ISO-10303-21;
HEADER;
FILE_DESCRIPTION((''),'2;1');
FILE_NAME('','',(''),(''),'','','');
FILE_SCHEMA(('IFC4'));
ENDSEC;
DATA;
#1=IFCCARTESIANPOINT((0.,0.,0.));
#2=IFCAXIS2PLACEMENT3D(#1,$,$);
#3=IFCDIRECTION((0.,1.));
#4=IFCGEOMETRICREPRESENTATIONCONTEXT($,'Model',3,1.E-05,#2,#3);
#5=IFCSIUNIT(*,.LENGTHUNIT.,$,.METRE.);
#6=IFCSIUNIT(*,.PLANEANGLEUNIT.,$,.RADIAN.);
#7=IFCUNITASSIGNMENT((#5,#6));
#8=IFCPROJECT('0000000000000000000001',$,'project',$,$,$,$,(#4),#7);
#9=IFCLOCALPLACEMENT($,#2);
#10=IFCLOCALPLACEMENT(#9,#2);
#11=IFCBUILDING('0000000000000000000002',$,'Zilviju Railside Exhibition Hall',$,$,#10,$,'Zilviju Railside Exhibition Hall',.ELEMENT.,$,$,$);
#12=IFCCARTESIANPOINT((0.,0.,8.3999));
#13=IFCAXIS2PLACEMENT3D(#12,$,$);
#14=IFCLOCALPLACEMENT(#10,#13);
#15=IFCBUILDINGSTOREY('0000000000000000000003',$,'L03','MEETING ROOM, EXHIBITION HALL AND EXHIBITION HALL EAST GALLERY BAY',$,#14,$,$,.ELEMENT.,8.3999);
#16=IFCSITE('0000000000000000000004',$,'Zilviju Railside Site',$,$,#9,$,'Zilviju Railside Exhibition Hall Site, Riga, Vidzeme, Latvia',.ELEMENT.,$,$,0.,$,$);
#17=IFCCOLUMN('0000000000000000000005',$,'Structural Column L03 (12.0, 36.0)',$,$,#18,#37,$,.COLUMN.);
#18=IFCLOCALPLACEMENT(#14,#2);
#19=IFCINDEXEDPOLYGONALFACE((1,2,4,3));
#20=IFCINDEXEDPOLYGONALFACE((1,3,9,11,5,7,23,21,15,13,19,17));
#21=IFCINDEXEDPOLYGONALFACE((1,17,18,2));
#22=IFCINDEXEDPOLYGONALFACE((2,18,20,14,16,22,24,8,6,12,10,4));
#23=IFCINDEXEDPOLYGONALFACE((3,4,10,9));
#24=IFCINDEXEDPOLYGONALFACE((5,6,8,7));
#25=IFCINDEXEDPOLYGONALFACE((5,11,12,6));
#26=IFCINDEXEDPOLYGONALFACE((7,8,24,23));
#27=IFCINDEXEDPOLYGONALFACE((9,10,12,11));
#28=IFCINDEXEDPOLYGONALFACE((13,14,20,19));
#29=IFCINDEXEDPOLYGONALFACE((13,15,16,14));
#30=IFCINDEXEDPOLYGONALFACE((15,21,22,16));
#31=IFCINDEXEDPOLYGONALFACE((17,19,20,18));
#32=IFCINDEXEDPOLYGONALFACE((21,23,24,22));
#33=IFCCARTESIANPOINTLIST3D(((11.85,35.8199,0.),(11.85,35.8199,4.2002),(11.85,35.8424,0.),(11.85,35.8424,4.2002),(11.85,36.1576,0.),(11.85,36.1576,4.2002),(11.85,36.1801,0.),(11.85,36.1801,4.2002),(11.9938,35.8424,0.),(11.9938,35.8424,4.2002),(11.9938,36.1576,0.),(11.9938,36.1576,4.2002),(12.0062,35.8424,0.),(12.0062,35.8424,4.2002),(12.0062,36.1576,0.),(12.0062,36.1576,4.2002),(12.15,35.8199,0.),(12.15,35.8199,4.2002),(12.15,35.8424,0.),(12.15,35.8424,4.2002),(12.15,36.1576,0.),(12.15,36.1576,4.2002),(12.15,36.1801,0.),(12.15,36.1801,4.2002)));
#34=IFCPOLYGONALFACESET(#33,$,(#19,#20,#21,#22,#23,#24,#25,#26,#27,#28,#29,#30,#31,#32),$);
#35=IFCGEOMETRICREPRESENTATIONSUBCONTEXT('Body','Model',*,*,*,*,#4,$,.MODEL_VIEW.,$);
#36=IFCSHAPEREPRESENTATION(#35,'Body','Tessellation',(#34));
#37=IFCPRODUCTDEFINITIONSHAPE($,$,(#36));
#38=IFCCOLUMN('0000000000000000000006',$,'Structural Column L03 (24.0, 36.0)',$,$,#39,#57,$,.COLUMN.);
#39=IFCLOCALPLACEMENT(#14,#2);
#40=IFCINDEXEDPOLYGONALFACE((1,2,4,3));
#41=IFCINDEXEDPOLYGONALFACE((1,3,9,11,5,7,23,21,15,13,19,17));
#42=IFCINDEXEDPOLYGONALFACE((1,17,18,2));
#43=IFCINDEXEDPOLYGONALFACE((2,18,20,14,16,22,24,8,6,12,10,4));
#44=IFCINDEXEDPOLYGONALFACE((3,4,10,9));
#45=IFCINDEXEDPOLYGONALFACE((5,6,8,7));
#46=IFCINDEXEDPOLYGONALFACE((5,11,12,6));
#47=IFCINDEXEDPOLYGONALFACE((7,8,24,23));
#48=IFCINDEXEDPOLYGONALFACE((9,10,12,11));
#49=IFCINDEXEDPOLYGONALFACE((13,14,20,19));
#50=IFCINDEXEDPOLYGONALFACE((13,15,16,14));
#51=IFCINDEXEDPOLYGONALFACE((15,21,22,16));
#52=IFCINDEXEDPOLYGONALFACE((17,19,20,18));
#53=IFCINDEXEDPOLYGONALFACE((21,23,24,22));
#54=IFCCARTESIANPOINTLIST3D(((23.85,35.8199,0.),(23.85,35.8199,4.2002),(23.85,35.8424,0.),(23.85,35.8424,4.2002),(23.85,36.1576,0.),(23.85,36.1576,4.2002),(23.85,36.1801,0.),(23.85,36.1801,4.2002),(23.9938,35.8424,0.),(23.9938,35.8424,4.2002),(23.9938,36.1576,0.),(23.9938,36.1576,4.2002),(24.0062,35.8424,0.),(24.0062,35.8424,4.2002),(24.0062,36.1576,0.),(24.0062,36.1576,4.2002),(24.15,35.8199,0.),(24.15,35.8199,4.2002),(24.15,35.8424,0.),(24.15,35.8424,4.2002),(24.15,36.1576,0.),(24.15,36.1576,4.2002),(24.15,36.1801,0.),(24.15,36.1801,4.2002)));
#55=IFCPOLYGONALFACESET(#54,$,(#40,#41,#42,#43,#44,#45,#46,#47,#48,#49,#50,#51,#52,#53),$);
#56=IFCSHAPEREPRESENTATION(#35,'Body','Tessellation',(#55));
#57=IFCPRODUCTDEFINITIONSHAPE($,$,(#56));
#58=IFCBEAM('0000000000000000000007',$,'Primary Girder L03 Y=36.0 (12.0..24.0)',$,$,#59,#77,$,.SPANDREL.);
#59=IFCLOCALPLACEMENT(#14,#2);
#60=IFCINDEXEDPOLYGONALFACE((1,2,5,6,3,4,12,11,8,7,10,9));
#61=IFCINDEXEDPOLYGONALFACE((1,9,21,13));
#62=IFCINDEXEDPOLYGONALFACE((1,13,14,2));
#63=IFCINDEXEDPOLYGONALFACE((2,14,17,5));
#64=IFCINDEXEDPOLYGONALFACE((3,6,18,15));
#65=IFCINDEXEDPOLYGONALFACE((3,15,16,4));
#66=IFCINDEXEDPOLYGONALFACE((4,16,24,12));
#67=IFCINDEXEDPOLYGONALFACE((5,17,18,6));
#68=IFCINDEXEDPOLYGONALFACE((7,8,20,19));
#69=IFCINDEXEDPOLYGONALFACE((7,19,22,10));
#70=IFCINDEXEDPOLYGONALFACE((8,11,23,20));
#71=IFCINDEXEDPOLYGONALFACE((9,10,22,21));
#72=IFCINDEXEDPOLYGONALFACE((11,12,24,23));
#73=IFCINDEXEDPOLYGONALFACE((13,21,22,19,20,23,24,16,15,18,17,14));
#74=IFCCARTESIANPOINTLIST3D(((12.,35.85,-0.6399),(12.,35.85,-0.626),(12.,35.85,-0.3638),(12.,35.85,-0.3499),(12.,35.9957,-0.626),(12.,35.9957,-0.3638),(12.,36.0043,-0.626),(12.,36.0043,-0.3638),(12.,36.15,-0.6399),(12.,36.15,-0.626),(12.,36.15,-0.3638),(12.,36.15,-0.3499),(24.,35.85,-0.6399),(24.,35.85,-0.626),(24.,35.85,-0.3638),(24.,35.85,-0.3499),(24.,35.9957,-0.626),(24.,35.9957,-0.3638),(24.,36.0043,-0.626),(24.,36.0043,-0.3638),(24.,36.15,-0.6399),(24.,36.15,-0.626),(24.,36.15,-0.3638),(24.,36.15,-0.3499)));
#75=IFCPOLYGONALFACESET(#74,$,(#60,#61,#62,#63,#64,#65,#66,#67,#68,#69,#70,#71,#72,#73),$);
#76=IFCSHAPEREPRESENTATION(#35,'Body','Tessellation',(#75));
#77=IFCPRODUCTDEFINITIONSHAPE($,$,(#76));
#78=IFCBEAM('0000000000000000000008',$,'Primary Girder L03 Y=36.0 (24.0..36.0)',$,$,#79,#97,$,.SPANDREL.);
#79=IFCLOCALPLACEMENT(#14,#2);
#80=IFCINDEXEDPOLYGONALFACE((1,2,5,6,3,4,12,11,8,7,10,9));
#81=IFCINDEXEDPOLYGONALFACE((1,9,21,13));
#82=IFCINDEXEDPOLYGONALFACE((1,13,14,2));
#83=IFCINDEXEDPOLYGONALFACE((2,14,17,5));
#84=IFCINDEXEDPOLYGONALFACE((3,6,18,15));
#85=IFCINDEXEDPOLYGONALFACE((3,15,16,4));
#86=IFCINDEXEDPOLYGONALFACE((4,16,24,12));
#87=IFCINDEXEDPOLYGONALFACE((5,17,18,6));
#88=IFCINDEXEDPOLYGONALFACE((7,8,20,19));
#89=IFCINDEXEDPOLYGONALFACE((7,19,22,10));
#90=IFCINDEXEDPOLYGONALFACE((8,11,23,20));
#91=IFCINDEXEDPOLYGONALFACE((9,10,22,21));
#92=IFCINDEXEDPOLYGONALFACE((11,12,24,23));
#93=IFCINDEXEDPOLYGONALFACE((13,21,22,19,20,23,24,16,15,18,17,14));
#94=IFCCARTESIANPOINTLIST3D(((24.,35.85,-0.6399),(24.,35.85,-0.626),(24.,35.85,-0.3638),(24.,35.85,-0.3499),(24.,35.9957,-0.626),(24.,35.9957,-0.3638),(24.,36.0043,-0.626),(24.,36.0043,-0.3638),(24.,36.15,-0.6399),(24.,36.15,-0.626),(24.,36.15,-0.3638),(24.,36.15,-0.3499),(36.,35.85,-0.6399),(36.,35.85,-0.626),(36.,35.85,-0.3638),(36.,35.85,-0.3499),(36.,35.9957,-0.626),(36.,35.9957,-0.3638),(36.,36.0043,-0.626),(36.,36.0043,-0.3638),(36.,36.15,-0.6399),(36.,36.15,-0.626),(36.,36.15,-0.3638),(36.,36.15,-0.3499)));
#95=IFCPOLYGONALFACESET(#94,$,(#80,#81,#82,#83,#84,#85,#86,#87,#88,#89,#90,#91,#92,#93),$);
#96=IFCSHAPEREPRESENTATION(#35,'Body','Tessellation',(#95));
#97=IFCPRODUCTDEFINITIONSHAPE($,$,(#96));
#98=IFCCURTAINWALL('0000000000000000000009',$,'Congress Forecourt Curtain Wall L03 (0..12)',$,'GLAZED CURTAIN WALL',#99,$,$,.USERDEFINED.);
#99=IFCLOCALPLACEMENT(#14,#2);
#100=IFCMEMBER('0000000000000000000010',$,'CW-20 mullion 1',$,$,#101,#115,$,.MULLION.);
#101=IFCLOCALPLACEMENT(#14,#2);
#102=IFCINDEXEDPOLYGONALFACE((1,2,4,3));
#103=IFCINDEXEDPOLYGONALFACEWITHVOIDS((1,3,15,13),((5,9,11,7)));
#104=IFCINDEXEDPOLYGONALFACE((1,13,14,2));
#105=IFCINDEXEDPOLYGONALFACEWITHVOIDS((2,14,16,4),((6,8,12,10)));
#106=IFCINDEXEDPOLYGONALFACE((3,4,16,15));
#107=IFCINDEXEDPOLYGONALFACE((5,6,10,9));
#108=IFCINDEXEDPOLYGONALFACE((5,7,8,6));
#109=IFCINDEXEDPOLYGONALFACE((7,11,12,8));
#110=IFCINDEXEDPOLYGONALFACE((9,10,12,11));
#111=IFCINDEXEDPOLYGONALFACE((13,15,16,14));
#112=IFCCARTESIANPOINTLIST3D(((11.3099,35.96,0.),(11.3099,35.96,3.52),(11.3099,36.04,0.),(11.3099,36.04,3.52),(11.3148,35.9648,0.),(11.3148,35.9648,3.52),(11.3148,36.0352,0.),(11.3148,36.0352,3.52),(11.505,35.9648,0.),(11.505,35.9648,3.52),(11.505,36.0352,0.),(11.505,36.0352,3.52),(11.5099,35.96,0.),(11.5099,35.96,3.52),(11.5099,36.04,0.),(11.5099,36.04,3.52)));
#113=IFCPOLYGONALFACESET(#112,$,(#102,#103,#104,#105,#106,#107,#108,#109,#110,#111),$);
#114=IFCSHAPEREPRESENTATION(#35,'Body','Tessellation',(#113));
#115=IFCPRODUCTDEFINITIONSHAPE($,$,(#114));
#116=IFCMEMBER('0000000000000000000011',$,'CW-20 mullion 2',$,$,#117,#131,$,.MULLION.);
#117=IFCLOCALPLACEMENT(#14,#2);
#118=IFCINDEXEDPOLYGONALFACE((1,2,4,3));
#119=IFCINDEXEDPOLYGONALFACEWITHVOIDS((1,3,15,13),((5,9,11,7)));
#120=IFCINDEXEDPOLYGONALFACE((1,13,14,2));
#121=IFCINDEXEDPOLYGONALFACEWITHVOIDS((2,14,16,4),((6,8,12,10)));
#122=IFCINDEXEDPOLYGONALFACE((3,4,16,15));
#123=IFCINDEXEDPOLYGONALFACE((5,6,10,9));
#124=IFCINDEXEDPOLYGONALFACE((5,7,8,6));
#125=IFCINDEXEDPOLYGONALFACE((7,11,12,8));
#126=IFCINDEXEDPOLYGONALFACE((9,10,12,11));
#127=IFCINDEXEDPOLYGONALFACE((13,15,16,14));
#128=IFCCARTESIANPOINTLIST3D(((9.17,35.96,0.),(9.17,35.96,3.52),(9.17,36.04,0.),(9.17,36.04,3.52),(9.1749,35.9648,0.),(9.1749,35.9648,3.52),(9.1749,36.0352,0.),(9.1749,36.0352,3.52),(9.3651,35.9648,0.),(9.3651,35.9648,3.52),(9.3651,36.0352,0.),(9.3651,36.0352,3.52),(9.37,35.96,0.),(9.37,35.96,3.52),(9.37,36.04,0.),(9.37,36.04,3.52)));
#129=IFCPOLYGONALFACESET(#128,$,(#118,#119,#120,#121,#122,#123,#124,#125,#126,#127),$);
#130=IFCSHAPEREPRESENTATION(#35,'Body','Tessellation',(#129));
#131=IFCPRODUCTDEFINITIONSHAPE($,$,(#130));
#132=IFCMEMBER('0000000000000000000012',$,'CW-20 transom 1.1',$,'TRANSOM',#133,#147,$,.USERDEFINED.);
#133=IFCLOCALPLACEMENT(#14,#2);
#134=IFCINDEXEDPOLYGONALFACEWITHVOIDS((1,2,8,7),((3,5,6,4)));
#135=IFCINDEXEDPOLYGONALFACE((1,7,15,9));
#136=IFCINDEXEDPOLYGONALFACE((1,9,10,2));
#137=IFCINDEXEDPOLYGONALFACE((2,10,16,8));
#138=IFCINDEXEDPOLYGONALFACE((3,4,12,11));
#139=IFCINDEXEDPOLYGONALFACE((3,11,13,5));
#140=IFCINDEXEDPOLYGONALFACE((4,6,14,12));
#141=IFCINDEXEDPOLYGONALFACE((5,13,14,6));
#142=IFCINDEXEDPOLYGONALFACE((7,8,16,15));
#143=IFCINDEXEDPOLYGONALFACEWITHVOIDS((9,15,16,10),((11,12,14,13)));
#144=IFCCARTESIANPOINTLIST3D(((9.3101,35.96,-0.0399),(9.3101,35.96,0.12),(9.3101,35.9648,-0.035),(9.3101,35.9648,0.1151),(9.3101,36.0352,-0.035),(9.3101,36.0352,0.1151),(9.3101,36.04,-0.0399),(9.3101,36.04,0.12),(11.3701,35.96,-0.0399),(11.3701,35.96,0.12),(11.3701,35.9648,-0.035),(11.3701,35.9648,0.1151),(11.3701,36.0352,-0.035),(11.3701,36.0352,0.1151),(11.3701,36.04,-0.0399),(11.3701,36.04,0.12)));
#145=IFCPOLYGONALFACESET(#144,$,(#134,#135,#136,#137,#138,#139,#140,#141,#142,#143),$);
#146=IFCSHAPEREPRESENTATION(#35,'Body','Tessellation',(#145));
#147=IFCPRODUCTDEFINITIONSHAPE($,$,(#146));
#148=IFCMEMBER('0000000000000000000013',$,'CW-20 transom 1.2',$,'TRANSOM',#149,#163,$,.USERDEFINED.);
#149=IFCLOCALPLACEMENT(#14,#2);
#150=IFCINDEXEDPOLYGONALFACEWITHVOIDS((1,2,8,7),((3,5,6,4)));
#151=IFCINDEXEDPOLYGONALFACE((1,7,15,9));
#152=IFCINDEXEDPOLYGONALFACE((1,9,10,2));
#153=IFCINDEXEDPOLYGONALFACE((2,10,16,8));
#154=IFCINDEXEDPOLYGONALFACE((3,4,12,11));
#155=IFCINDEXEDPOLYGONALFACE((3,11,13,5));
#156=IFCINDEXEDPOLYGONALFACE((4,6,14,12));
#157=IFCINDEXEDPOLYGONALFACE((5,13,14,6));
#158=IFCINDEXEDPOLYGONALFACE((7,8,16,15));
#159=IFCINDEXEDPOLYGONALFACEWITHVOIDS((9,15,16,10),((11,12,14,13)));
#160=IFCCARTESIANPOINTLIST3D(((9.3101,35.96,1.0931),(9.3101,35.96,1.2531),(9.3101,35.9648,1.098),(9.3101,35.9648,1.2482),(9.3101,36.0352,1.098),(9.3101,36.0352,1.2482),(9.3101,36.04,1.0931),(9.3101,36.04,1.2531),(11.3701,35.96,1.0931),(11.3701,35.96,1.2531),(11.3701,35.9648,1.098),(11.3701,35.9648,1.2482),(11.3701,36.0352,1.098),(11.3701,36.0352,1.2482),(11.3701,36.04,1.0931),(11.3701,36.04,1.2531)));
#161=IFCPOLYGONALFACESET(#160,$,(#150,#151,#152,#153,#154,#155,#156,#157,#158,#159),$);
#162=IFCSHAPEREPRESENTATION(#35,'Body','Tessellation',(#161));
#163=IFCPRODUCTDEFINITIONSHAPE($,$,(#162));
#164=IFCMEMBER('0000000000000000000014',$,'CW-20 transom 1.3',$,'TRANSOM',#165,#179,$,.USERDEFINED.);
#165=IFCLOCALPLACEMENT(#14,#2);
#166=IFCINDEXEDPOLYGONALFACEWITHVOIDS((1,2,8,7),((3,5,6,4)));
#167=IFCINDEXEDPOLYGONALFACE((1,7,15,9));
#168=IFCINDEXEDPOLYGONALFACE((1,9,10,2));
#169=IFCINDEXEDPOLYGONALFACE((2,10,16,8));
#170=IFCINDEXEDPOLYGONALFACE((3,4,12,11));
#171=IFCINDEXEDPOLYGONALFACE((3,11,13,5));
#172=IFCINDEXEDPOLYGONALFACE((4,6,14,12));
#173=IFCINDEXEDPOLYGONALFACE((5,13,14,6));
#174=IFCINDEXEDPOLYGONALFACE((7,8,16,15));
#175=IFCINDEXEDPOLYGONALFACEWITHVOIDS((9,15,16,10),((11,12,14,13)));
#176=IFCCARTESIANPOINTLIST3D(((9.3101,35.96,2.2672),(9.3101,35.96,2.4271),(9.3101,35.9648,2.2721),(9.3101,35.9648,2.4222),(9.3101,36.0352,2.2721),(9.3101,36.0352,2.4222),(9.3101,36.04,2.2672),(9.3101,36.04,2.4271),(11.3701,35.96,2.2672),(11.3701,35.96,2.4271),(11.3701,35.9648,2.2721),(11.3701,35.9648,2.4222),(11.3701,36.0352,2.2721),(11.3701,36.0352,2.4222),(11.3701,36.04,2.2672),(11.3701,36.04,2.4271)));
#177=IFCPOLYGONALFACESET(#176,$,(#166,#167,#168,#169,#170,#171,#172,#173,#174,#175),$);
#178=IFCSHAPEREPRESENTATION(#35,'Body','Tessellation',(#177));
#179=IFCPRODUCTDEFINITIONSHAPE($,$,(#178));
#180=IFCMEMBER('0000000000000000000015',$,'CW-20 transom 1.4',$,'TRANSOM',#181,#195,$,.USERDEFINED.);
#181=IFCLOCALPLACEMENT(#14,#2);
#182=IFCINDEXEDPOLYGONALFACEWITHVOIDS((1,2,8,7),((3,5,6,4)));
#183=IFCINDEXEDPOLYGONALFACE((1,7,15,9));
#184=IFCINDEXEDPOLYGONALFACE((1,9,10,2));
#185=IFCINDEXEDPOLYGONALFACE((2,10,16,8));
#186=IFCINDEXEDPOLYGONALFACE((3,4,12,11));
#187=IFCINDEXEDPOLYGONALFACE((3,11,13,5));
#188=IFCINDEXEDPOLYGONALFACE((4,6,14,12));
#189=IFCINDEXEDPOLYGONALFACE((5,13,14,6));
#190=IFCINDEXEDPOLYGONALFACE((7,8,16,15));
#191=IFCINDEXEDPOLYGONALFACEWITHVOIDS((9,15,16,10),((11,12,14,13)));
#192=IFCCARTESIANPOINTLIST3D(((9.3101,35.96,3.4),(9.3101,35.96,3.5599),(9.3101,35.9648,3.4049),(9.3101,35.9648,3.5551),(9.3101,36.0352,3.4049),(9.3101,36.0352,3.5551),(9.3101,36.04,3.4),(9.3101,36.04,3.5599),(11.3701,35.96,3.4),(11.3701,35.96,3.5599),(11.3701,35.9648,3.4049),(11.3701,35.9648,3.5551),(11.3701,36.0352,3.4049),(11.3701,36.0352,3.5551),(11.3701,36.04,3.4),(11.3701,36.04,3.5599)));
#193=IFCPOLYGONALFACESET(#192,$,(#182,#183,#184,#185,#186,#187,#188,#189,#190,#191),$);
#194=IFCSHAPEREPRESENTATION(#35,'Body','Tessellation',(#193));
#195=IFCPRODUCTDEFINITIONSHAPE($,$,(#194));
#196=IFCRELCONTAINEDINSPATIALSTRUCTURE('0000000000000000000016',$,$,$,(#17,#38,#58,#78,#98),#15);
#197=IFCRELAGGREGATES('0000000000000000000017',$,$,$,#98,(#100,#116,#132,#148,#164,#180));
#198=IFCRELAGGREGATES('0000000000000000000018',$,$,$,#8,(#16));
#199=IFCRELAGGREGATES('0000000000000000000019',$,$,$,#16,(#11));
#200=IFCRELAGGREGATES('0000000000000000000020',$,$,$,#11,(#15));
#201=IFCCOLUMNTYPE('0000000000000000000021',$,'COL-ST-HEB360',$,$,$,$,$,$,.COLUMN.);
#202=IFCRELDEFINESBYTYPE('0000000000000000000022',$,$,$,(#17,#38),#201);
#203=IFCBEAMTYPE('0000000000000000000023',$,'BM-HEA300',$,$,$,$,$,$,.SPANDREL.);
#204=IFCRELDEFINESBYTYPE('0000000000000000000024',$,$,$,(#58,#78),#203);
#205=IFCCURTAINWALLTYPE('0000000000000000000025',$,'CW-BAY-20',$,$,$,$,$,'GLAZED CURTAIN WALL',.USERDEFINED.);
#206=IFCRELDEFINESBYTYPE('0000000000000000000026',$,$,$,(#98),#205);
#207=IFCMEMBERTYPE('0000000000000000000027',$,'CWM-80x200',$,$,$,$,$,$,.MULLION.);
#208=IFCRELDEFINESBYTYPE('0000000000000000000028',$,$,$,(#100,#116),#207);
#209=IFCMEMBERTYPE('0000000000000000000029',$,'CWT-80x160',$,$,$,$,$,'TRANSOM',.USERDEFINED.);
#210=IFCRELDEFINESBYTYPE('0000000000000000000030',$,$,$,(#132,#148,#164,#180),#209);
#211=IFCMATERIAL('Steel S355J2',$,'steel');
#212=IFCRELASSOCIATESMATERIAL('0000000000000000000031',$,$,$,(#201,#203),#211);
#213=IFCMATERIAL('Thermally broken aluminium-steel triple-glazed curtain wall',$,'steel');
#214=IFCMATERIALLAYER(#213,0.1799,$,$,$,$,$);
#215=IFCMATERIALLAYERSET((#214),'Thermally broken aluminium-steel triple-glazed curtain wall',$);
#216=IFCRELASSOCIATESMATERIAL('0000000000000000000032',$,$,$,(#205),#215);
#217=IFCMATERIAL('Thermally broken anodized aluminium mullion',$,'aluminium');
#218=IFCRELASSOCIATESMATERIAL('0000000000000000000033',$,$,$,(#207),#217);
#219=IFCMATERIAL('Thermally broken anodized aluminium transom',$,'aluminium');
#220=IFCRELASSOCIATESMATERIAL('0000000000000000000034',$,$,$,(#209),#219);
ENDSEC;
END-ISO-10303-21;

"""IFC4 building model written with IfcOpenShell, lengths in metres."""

from ifc_helpers import new_model, si_unit, direction, frame, origin, origin_2d, place, context, subcontext, project, spatial, hollow_rectangle, i_section, extrude, material, layer, layer_set, material_profile, profile_set, type_object, element, aggregate, save


model = new_model("IFC4")

# Units and contexts
model_context = context("Model", 3, precision=1e-05, world=origin(), true_north=direction((0.0, 1.0)))
body_context = subcontext(model_context, "Body", "Model", "MODEL_VIEW")
ifc_project = project(units=[si_unit("LENGTHUNIT", "METRE"), si_unit("PLANEANGLEUNIT", "RADIAN")], contexts=[model_context])

# Site, building, storey
site_placement = place(None, origin())
site = spatial("IfcSite", under=ifc_project, at=site_placement, Name="Zilviju Railside Site", LongName="Zilviju Railside Exhibition Hall Site, Riga, Vidzeme, Latvia", CompositionType="ELEMENT", RefElevation=0.0)
building_placement = place(site_placement, origin())
building = spatial("IfcBuilding", under=site, at=building_placement, Name="Zilviju Railside Exhibition Hall", LongName="Zilviju Railside Exhibition Hall", CompositionType="ELEMENT")
storey_placement = place(building_placement, frame((0.0, 0.0, 8.3999)))
storey = spatial("IfcBuildingStorey", under=building, at=storey_placement, Name="L03", Description="MEETING ROOM, EXHIBITION HALL AND EXHIBITION HALL EAST GALLERY BAY", CompositionType="ELEMENT", Elevation=8.3999)

# Columns
ifc_material_1 = material(Name="Steel S355J2", Category="steel")
ifc_material_profile_1 = material_profile(ifc_material_1, i_section(OverallWidth=0.3, OverallDepth=0.3601, WebThickness=0.0125, FlangeThickness=0.0225, at=origin_2d()), Name="HEB 360")
ifc_profile_set_1 = profile_set([ifc_material_profile_1], Name="Steel S355J2")
column_type = type_object("IfcColumnType", Name="COL-ST-HEB360", PredefinedType="COLUMN", material=ifc_profile_set_1)
for number, where, z_axis, x_axis, name in (
    (1, (12.0, 36.0, 0.0), (0.0, 0.0, 1.0), (1.0, 0.0, 0.0), "Structural Column L03 (12.0, 36.0)"),
    (2, (24.0, 36.0, 0.0), (0.0, 0.0, 1.0), (1.0, 0.0, 0.0), "Structural Column L03 (24.0, 36.0)"),
):
    element("IfcColumn", number, at=place(storey_placement, frame(where, z_axis=z_axis, x_axis=x_axis)), inside=storey, type_object=column_type, Name=name, PredefinedType="COLUMN", context=body_context, shape_type="SweptSolid", body=[
        extrude(i_section(OverallWidth=0.3, OverallDepth=0.3601, WebThickness=0.0125, FlangeThickness=0.0225, at=origin_2d()), origin(), (0.0, 0.0, 1.0), 4.2002),
    ])

# Beams
ifc_material_profile_2 = material_profile(ifc_material_1, i_section(OverallWidth=0.3, OverallDepth=0.29, WebThickness=0.0085, FlangeThickness=0.0139, at=origin_2d()), Name="HEA 300")
ifc_profile_set_2 = profile_set([ifc_material_profile_2], Name="Steel S355J2")
beam_type = type_object("IfcBeamType", Name="BM-HEA300", PredefinedType="SPANDREL", material=ifc_profile_set_2)
for number, where, z_axis, x_axis, name in (
    (3, (12.0, 36.0, -0.4949), (1.0, 0.0, 0.0), (0.0, 1.0, 0.0), "Primary Girder L03 Y=36.0 (12.0..24.0)"),
    (4, (24.0, 36.0, -0.4949), (1.0, 0.0, 0.0), (0.0, 1.0, 0.0), "Primary Girder L03 Y=36.0 (24.0..36.0)"),
):
    element("IfcBeam", number, at=place(storey_placement, frame(where, z_axis=z_axis, x_axis=x_axis)), inside=storey, type_object=beam_type, Name=name, PredefinedType="SPANDREL", context=body_context, shape_type="SweptSolid", body=[
        extrude(i_section(OverallWidth=0.3, OverallDepth=0.29, WebThickness=0.0085, FlangeThickness=0.0139, at=origin_2d()), origin(), (0.0, 0.0, 1.0), 12.0),
    ])

# Curtain wall, members
ifc_material_2 = material(Name="Thermally broken aluminium-steel triple-glazed curtain wall", Category="steel")
ifc_layer_1 = layer(ifc_material_2, 0.1799)
ifc_layer_set_1 = layer_set([ifc_layer_1], Name="Thermally broken aluminium-steel triple-glazed curtain wall")
curtain_wall_type = type_object("IfcCurtainWallType", Name="CW-BAY-20", ElementType="GLAZED CURTAIN WALL", PredefinedType="USERDEFINED", material=ifc_layer_set_1)
curtain_wall_placement = place(storey_placement, origin())
curtain_wall = element("IfcCurtainWall", 5, at=curtain_wall_placement, inside=storey, type_object=curtain_wall_type, Name="Congress Forecourt Curtain Wall L03 (0..12)", ObjectType="GLAZED CURTAIN WALL", PredefinedType="USERDEFINED")
ifc_material_3 = material(Name="Thermally broken anodized aluminium mullion", Category="aluminium")
ifc_material_profile_3 = material_profile(ifc_material_3, hollow_rectangle(XDim=0.0801, YDim=0.2, WallThickness=0.0049, at=origin_2d()), Name="MULLION 200x80x5")
ifc_profile_set_3 = profile_set([ifc_material_profile_3], Name="Thermally broken anodized aluminium mullion")
member_type_1 = type_object("IfcMemberType", Name="CWM-80x200", PredefinedType="MULLION", material=ifc_profile_set_3)
member_1_placement = place(storey_placement, frame((11.4099, 36.0, 0.0), z_axis=(0.0, 0.0, 1.0), x_axis=(0.0, -1.0, 0.0)))
member_1 = element("IfcMember", 6, at=member_1_placement, type_object=member_type_1, Name="CW-20 mullion 1", PredefinedType="MULLION", context=body_context, shape_type="SweptSolid", body=[
    extrude(hollow_rectangle(XDim=0.0801, YDim=0.2, WallThickness=0.0049, at=origin_2d()), origin(), (0.0, 0.0, 1.0), 3.52),
])
member_2_placement = place(storey_placement, frame((9.27, 36.0, 0.0), z_axis=(0.0, 0.0, 1.0), x_axis=(0.0, -1.0, 0.0)))
member_2 = element("IfcMember", 7, at=member_2_placement, type_object=member_type_1, Name="CW-20 mullion 2", PredefinedType="MULLION", context=body_context, shape_type="SweptSolid", body=[
    extrude(hollow_rectangle(XDim=0.0801, YDim=0.2, WallThickness=0.0049, at=origin_2d()), origin(), (0.0, 0.0, 1.0), 3.52),
])
ifc_material_4 = material(Name="Thermally broken anodized aluminium transom", Category="aluminium")
ifc_material_profile_4 = material_profile(ifc_material_4, hollow_rectangle(XDim=0.0801, YDim=0.1599, WallThickness=0.0049, at=origin_2d()), Name="TRANSOM 160x80x5")
ifc_profile_set_4 = profile_set([ifc_material_profile_4], Name="Thermally broken anodized aluminium transom")
member_type_2 = type_object("IfcMemberType", Name="CWT-80x160", ElementType="TRANSOM", PredefinedType="USERDEFINED", material=ifc_profile_set_4)
member_3_placement = place(storey_placement, frame((11.3701, 36.0, 0.04), z_axis=(-1.0, 0.0, 0.0), x_axis=(0.0, -1.0, 0.0)))
member_3 = element("IfcMember", 8, at=member_3_placement, type_object=member_type_2, Name="CW-20 transom 1.1", ObjectType="TRANSOM", PredefinedType="USERDEFINED", context=body_context, shape_type="SweptSolid", body=[
    extrude(hollow_rectangle(XDim=0.0801, YDim=0.1599, WallThickness=0.0049, at=origin_2d()), origin(), (0.0, 0.0, 1.0), 2.0601),
])
member_4_placement = place(storey_placement, frame((11.3701, 36.0, 1.1731), z_axis=(-1.0, 0.0, 0.0), x_axis=(0.0, -1.0, 0.0)))
member_4 = element("IfcMember", 9, at=member_4_placement, type_object=member_type_2, Name="CW-20 transom 1.2", ObjectType="TRANSOM", PredefinedType="USERDEFINED", context=body_context, shape_type="SweptSolid", body=[
    extrude(hollow_rectangle(XDim=0.0801, YDim=0.1599, WallThickness=0.0049, at=origin_2d()), origin(), (0.0, 0.0, 1.0), 2.0601),
])
member_5_placement = place(storey_placement, frame((11.3701, 36.0, 2.3472), z_axis=(-1.0, 0.0, 0.0), x_axis=(0.0, -1.0, 0.0)))
member_5 = element("IfcMember", 10, at=member_5_placement, type_object=member_type_2, Name="CW-20 transom 1.3", ObjectType="TRANSOM", PredefinedType="USERDEFINED", context=body_context, shape_type="SweptSolid", body=[
    extrude(hollow_rectangle(XDim=0.0801, YDim=0.1599, WallThickness=0.0049, at=origin_2d()), origin(), (0.0, 0.0, 1.0), 2.0601),
])
member_6_placement = place(storey_placement, frame((11.3701, 36.0, 3.48), z_axis=(-1.0, 0.0, 0.0), x_axis=(0.0, -1.0, 0.0)))
member_6 = element("IfcMember", 11, at=member_6_placement, type_object=member_type_2, Name="CW-20 transom 1.4", ObjectType="TRANSOM", PredefinedType="USERDEFINED", context=body_context, shape_type="SweptSolid", body=[
    extrude(hollow_rectangle(XDim=0.0801, YDim=0.1599, WallThickness=0.0049, at=origin_2d()), origin(), (0.0, 0.0, 1.0), 2.0601),
])
aggregate(curtain_wall, [member_1, member_2, member_3, member_4, member_5, member_6])

save(model, "model.ifc")
